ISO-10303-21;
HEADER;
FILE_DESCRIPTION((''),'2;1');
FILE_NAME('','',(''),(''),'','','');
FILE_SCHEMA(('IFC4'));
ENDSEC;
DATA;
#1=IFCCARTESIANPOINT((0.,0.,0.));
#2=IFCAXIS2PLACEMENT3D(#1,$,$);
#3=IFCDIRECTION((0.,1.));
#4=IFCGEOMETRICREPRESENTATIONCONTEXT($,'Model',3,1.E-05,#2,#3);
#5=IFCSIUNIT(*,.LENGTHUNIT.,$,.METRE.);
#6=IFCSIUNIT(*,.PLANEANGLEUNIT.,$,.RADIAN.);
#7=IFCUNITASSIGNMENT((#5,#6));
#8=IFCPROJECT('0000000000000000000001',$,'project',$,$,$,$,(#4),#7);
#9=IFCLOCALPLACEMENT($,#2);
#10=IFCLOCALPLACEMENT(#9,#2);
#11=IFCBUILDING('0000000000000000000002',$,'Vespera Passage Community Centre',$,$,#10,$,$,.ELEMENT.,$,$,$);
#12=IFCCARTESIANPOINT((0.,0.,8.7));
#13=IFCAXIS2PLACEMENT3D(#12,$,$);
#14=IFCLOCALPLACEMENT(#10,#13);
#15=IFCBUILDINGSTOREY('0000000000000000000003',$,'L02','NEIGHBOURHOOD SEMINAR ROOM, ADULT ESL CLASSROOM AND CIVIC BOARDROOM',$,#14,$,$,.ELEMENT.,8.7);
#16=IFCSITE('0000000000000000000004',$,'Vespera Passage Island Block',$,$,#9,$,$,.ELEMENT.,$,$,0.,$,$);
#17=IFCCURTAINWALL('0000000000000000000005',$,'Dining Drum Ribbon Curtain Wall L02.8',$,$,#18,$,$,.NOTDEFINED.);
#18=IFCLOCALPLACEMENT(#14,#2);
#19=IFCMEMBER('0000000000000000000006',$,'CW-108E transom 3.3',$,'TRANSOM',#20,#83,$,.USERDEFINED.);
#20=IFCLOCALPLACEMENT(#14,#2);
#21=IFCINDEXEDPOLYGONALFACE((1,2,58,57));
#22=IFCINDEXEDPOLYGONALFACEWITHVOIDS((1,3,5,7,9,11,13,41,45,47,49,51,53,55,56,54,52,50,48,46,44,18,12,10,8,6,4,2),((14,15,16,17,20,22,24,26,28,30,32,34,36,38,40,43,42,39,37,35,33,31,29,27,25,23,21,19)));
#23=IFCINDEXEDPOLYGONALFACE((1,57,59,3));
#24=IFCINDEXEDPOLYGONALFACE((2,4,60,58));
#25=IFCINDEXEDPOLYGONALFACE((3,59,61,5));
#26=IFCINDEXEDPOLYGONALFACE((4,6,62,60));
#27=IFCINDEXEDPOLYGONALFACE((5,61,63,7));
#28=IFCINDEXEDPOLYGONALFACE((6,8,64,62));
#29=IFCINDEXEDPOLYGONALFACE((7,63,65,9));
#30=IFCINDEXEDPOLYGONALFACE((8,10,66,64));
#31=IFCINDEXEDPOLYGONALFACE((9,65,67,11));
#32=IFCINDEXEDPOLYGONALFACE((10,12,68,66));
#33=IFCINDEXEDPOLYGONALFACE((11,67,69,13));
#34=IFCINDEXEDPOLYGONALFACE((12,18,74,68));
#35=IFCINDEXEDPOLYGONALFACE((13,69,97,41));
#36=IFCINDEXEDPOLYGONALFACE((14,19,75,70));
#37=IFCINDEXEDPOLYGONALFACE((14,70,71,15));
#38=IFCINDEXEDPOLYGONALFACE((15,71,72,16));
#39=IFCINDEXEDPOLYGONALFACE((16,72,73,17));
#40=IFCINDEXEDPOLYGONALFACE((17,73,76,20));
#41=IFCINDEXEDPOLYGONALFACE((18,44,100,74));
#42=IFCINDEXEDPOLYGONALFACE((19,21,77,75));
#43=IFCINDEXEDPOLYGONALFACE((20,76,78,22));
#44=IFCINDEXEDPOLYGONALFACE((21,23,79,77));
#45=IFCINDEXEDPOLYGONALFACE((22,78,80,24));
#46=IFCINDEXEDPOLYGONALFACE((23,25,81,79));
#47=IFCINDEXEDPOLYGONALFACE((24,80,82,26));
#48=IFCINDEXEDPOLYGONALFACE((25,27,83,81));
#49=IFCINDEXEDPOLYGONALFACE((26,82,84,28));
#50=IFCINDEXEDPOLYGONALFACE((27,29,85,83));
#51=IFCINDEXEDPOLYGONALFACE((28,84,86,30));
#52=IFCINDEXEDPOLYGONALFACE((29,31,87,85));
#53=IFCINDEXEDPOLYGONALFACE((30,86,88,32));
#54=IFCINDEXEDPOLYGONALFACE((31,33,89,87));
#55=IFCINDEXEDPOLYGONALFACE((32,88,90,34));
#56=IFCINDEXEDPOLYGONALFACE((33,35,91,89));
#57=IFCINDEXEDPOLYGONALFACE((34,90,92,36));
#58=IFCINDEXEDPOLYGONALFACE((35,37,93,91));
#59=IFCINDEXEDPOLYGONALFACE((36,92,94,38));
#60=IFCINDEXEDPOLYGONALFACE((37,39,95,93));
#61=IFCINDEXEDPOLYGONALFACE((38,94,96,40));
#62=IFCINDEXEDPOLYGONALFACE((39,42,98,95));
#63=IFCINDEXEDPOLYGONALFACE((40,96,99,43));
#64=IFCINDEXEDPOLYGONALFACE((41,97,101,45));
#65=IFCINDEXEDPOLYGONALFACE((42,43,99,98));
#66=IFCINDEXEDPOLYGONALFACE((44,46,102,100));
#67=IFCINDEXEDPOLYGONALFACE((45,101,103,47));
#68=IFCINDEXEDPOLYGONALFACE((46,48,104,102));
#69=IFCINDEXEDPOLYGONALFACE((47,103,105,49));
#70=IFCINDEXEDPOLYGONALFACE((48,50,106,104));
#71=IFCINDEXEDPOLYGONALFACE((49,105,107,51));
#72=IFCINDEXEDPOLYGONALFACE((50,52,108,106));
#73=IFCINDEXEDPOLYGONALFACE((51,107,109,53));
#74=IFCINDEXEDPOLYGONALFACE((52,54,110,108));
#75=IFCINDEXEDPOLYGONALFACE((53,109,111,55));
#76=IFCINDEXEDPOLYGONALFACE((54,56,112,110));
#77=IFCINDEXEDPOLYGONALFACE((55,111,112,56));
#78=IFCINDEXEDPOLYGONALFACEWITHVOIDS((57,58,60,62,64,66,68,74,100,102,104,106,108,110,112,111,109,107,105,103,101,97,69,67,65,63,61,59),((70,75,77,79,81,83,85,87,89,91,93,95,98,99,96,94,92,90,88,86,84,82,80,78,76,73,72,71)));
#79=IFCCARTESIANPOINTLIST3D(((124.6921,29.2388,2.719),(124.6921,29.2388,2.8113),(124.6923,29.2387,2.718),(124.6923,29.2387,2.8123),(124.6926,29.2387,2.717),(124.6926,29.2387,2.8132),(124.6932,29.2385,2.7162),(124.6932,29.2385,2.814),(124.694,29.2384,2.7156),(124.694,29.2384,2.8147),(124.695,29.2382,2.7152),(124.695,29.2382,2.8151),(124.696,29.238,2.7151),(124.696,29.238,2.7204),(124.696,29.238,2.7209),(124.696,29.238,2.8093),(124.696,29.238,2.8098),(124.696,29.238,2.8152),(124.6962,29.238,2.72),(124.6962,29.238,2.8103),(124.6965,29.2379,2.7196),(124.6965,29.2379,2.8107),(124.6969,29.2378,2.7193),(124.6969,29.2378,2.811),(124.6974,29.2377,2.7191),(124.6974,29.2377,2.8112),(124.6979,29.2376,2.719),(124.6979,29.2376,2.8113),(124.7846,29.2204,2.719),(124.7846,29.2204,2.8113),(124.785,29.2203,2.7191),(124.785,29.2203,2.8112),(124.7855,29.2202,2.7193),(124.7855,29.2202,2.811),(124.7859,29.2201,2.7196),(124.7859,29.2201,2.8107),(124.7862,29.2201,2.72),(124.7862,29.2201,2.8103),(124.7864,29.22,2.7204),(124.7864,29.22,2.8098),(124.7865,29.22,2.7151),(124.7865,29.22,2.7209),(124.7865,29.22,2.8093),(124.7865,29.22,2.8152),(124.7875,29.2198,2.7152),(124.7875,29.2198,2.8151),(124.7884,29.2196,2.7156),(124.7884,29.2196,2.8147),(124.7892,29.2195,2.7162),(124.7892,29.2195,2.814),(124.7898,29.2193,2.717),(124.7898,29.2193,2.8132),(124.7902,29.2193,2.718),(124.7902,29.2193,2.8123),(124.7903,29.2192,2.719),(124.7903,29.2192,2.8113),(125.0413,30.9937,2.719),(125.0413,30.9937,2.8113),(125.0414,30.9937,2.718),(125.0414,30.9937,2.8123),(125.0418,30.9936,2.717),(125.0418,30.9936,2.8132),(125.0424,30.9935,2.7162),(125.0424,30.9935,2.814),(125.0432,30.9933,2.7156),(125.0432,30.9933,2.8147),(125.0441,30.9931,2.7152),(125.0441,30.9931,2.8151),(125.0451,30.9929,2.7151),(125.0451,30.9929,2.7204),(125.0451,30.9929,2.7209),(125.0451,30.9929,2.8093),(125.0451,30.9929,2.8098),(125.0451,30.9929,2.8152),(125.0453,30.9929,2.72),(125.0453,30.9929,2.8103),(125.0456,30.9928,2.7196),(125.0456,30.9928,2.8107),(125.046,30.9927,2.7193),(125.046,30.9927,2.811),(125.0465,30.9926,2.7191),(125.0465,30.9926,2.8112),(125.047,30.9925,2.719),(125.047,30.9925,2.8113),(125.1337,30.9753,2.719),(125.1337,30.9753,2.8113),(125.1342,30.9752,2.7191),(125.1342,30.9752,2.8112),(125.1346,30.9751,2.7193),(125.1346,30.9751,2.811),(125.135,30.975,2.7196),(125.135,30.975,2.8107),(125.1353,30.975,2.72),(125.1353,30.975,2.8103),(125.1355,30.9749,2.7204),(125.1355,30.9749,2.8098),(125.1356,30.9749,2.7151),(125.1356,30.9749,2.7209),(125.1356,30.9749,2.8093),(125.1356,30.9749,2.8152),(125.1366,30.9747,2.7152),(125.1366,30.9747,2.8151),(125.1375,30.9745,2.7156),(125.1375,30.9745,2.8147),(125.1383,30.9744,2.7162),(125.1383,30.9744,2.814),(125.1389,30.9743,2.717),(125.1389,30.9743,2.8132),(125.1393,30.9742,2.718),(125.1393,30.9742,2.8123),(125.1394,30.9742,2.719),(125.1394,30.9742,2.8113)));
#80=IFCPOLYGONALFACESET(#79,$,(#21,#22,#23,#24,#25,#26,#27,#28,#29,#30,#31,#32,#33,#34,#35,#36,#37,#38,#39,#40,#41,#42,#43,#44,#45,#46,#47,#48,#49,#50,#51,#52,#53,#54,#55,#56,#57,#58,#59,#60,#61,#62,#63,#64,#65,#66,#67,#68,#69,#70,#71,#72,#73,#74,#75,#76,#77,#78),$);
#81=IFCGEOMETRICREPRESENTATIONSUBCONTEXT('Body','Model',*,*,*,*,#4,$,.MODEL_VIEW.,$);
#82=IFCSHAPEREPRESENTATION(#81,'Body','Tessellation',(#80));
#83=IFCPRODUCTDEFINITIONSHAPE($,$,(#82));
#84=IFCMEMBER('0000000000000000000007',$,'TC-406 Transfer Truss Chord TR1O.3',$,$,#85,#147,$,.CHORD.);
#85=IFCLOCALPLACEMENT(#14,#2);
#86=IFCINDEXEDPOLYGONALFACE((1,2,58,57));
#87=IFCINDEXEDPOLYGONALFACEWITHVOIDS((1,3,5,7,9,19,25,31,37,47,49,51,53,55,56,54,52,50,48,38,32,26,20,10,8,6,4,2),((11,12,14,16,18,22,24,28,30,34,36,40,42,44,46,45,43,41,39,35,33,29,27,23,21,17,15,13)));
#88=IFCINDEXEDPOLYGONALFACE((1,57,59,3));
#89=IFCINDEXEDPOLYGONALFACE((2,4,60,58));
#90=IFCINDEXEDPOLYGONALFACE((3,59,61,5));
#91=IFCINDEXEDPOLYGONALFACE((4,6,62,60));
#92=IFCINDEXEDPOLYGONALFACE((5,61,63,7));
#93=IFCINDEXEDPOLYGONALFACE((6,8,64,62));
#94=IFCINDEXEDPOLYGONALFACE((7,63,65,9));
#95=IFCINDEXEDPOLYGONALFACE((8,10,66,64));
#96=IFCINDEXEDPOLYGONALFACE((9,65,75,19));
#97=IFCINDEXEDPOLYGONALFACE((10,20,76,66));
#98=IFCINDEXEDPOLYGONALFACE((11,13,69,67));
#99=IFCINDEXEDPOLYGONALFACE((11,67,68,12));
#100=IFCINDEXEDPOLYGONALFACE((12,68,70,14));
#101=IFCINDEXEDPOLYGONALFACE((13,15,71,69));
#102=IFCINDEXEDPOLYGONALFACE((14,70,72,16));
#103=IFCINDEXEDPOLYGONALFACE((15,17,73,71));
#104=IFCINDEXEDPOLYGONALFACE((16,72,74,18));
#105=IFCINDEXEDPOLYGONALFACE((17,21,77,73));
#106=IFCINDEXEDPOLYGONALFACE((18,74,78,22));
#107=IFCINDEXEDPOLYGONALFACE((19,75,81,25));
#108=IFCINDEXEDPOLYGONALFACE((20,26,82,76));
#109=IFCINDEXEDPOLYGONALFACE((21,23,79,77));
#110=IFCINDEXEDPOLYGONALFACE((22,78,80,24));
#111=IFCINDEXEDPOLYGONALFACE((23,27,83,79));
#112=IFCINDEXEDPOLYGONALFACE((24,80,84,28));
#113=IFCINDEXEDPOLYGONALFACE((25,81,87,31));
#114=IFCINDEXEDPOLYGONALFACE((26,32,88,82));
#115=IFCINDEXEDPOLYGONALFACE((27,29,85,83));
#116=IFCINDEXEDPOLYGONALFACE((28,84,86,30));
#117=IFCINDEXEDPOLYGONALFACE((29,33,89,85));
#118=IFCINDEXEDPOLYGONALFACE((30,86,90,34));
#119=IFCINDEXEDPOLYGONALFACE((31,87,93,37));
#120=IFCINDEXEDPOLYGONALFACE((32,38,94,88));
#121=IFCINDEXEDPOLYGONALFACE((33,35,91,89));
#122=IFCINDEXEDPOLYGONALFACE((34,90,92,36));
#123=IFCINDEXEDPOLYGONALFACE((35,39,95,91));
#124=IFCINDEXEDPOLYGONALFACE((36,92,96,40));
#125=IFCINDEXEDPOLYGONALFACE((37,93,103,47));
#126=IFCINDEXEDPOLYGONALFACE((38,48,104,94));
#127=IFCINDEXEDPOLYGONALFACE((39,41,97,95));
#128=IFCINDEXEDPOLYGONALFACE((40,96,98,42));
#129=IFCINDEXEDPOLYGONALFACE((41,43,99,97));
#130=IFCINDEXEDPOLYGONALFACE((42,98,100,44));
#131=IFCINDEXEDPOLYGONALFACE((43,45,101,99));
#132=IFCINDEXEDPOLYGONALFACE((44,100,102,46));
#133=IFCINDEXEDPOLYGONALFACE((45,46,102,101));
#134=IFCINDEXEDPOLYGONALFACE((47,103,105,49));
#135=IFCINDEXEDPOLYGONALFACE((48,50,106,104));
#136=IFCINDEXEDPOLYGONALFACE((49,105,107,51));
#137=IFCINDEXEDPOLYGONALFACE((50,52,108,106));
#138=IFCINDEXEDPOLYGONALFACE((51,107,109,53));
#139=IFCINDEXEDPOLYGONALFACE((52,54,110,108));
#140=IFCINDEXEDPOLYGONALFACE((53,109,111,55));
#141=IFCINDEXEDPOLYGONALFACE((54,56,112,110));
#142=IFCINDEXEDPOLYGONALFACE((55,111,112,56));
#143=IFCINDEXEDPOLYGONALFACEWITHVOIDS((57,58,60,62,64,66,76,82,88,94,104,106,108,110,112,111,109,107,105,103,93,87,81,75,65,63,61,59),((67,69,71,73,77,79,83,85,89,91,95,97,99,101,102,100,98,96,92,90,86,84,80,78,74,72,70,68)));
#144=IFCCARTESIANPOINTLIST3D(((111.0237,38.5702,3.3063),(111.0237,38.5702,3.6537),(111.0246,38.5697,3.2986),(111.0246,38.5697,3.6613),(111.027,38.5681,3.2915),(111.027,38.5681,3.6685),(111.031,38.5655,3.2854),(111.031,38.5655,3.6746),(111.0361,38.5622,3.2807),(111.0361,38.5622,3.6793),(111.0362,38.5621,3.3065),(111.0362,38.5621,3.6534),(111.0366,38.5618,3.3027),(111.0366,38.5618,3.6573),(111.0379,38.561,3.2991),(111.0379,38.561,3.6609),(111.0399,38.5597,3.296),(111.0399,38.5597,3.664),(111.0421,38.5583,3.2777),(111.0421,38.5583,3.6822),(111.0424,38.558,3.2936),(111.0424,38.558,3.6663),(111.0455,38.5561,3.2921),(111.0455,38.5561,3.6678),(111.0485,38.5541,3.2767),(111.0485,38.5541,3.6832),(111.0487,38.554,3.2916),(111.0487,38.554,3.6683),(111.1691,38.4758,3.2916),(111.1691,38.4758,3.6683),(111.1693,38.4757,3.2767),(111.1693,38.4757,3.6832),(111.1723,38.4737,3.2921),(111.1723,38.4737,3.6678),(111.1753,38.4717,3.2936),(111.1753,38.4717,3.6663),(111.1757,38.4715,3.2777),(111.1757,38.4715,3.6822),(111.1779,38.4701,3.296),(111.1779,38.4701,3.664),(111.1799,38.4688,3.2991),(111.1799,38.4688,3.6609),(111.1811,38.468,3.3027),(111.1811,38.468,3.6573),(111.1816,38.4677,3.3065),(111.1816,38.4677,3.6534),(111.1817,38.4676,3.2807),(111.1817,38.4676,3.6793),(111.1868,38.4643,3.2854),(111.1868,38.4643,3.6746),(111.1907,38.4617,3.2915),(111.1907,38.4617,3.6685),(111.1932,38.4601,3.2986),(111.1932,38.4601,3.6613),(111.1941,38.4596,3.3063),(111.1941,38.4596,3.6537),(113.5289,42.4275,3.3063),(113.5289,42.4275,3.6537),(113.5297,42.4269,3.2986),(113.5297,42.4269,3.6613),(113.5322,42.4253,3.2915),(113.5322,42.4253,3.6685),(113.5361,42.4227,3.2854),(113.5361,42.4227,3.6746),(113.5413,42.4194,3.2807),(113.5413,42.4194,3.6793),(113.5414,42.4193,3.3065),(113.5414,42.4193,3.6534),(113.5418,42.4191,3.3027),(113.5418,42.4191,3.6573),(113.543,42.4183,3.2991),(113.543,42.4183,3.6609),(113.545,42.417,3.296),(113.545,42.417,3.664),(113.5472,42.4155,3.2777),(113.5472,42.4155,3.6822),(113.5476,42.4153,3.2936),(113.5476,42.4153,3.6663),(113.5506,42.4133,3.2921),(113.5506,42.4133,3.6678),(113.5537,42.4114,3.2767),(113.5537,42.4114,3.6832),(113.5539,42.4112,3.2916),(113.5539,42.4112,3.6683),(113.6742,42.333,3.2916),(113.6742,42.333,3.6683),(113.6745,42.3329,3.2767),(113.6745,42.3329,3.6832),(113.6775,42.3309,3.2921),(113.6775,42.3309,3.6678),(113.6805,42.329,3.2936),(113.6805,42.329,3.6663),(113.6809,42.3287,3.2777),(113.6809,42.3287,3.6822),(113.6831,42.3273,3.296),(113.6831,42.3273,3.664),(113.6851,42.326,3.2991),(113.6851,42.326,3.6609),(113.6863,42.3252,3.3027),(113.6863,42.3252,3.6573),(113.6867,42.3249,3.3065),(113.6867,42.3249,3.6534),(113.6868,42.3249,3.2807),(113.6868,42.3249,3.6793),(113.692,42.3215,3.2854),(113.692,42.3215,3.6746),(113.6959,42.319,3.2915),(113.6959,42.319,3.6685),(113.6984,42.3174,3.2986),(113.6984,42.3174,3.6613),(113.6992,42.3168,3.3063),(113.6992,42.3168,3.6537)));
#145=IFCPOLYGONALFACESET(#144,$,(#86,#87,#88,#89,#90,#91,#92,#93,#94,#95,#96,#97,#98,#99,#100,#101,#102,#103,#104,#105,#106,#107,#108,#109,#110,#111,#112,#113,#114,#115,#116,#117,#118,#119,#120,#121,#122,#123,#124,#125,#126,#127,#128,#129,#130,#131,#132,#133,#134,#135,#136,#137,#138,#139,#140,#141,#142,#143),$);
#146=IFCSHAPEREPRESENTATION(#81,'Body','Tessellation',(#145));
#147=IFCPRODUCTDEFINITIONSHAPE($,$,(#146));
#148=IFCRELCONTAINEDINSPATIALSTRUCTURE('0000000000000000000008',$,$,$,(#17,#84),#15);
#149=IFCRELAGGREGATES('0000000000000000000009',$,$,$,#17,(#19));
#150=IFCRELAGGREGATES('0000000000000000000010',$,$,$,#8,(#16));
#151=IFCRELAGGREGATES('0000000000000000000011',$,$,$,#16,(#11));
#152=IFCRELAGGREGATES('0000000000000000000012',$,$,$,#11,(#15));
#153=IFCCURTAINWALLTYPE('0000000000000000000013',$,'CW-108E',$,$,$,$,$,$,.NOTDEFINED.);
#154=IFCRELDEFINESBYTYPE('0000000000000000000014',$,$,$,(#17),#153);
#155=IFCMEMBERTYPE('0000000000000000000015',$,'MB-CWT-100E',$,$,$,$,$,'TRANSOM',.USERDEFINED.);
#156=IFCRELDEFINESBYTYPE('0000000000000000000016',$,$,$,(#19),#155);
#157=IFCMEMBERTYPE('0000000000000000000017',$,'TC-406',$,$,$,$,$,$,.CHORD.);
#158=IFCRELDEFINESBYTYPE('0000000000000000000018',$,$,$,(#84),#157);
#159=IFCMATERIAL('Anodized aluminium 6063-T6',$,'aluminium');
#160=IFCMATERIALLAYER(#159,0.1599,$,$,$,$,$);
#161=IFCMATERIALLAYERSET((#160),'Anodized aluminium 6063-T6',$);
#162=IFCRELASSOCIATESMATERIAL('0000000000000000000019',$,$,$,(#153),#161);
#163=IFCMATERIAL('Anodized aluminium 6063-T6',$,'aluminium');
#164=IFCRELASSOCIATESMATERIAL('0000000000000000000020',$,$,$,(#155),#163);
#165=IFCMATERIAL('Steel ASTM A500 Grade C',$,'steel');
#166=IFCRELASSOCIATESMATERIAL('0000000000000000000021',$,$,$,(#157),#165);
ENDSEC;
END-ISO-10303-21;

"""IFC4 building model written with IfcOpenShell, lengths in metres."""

from ifc_helpers import new_model, si_unit, direction, frame, origin, origin_2d, place, context, subcontext, project, spatial, hollow_rectangle, extrude, material, layer, layer_set, material_profile, profile_set, type_object, element, aggregate, save


model = new_model("IFC4")

# Units and contexts
model_context = context("Model", 3, precision=1e-05, world=origin(), true_north=direction((0.0, 1.0)))
body_context = subcontext(model_context, "Body", "Model", "MODEL_VIEW")
ifc_project = project(units=[si_unit("LENGTHUNIT", "METRE"), si_unit("PLANEANGLEUNIT", "RADIAN")], contexts=[model_context])

# Site, building, storey
site_placement = place(None, origin())
site = spatial("IfcSite", under=ifc_project, at=site_placement, Name="Vespera Passage Island Block", CompositionType="ELEMENT", RefElevation=0.0)
building_placement = place(site_placement, origin())
building = spatial("IfcBuilding", under=site, at=building_placement, Name="Vespera Passage Community Centre", CompositionType="ELEMENT")
storey_placement = place(building_placement, frame((0.0, 0.0, 8.7)))
storey = spatial("IfcBuildingStorey", under=building, at=storey_placement, Name="L02", Description="NEIGHBOURHOOD SEMINAR ROOM, ADULT ESL CLASSROOM AND CIVIC BOARDROOM", CompositionType="ELEMENT", Elevation=8.7)

# Curtain wall, member
ifc_material_1 = material(Name="Anodized aluminium 6063-T6", Category="aluminium")
ifc_layer_1 = layer(ifc_material_1, 0.1599)
ifc_layer_set_1 = layer_set([ifc_layer_1], Name="Anodized aluminium 6063-T6")
curtain_wall_type = type_object("IfcCurtainWallType", Name="CW-108E", PredefinedType="NOTDEFINED", material=ifc_layer_set_1)
curtain_wall_placement = place(storey_placement, origin())
curtain_wall = element("IfcCurtainWall", 1, at=curtain_wall_placement, inside=storey, type_object=curtain_wall_type, Name="Dining Drum Ribbon Curtain Wall L02.8", PredefinedType="NOTDEFINED")
ifc_material_2 = material(Name="Anodized aluminium 6063-T6", Category="aluminium")
ifc_material_profile_1 = material_profile(ifc_material_2, hollow_rectangle(XDim=0.1001, YDim=0.1001, WallThickness=0.0039, InnerFilletRadius=0.002, OuterFilletRadius=0.0039, at=origin_2d()), Name="ALU100X100X4")
ifc_profile_set_1 = profile_set([ifc_material_profile_1], Name="Anodized aluminium 6063-T6")
member_type_1 = type_object("IfcMemberType", Name="MB-CWT-100E", ElementType="TRANSOM", PredefinedType="USERDEFINED", material=ifc_profile_set_1)
member_1_placement = place(storey_placement, frame((124.7412, 29.229, 2.7651), z_axis=(0.195119, 0.98078, 0.0), x_axis=(-0.98078, 0.195119, 0.0)))
member_1 = element("IfcMember", 2, at=member_1_placement, type_object=member_type_1, Name="CW-108E transom 3.3", ObjectType="TRANSOM", PredefinedType="USERDEFINED", context=body_context, shape_type="SweptSolid", body=[
    extrude(hollow_rectangle(XDim=0.1001, YDim=0.1001, WallThickness=0.0039, InnerFilletRadius=0.002, OuterFilletRadius=0.0039, at=origin_2d()), origin(), (0.0, 0.0, 1.0), 1.7893),
])

# Member
ifc_material_3 = material(Name="Steel ASTM A500 Grade C", Category="steel")
ifc_material_profile_2 = material_profile(ifc_material_3, hollow_rectangle(XDim=0.2031, YDim=0.4065, WallThickness=0.0149, InnerFilletRadius=0.0149, OuterFilletRadius=0.0295, at=origin_2d()), Name="HSS406X203X15.9")
ifc_profile_set_2 = profile_set([ifc_material_profile_2], Name="Steel ASTM A500 Grade C")
member_type_2 = type_object("IfcMemberType", Name="TC-406", PredefinedType="CHORD", material=ifc_profile_set_2)
member_2_placement = place(storey_placement, frame((111.1089, 38.5149, 3.48), z_axis=(0.544677, 0.838646, 0.0), x_axis=(-0.838646, 0.544677, 0.0)))
element("IfcMember", 3, at=member_2_placement, inside=storey, type_object=member_type_2, Name="TC-406 Transfer Truss Chord TR1O.3", PredefinedType="CHORD", context=body_context, shape_type="SweptSolid", body=[
    extrude(hollow_rectangle(XDim=0.2031, YDim=0.4065, WallThickness=0.0149, InnerFilletRadius=0.0149, OuterFilletRadius=0.0295, at=origin_2d()), origin(), (0.0, 0.0, 1.0), 4.5994),
])

aggregate(curtain_wall, [member_1])

save(model, "model.ifc")
